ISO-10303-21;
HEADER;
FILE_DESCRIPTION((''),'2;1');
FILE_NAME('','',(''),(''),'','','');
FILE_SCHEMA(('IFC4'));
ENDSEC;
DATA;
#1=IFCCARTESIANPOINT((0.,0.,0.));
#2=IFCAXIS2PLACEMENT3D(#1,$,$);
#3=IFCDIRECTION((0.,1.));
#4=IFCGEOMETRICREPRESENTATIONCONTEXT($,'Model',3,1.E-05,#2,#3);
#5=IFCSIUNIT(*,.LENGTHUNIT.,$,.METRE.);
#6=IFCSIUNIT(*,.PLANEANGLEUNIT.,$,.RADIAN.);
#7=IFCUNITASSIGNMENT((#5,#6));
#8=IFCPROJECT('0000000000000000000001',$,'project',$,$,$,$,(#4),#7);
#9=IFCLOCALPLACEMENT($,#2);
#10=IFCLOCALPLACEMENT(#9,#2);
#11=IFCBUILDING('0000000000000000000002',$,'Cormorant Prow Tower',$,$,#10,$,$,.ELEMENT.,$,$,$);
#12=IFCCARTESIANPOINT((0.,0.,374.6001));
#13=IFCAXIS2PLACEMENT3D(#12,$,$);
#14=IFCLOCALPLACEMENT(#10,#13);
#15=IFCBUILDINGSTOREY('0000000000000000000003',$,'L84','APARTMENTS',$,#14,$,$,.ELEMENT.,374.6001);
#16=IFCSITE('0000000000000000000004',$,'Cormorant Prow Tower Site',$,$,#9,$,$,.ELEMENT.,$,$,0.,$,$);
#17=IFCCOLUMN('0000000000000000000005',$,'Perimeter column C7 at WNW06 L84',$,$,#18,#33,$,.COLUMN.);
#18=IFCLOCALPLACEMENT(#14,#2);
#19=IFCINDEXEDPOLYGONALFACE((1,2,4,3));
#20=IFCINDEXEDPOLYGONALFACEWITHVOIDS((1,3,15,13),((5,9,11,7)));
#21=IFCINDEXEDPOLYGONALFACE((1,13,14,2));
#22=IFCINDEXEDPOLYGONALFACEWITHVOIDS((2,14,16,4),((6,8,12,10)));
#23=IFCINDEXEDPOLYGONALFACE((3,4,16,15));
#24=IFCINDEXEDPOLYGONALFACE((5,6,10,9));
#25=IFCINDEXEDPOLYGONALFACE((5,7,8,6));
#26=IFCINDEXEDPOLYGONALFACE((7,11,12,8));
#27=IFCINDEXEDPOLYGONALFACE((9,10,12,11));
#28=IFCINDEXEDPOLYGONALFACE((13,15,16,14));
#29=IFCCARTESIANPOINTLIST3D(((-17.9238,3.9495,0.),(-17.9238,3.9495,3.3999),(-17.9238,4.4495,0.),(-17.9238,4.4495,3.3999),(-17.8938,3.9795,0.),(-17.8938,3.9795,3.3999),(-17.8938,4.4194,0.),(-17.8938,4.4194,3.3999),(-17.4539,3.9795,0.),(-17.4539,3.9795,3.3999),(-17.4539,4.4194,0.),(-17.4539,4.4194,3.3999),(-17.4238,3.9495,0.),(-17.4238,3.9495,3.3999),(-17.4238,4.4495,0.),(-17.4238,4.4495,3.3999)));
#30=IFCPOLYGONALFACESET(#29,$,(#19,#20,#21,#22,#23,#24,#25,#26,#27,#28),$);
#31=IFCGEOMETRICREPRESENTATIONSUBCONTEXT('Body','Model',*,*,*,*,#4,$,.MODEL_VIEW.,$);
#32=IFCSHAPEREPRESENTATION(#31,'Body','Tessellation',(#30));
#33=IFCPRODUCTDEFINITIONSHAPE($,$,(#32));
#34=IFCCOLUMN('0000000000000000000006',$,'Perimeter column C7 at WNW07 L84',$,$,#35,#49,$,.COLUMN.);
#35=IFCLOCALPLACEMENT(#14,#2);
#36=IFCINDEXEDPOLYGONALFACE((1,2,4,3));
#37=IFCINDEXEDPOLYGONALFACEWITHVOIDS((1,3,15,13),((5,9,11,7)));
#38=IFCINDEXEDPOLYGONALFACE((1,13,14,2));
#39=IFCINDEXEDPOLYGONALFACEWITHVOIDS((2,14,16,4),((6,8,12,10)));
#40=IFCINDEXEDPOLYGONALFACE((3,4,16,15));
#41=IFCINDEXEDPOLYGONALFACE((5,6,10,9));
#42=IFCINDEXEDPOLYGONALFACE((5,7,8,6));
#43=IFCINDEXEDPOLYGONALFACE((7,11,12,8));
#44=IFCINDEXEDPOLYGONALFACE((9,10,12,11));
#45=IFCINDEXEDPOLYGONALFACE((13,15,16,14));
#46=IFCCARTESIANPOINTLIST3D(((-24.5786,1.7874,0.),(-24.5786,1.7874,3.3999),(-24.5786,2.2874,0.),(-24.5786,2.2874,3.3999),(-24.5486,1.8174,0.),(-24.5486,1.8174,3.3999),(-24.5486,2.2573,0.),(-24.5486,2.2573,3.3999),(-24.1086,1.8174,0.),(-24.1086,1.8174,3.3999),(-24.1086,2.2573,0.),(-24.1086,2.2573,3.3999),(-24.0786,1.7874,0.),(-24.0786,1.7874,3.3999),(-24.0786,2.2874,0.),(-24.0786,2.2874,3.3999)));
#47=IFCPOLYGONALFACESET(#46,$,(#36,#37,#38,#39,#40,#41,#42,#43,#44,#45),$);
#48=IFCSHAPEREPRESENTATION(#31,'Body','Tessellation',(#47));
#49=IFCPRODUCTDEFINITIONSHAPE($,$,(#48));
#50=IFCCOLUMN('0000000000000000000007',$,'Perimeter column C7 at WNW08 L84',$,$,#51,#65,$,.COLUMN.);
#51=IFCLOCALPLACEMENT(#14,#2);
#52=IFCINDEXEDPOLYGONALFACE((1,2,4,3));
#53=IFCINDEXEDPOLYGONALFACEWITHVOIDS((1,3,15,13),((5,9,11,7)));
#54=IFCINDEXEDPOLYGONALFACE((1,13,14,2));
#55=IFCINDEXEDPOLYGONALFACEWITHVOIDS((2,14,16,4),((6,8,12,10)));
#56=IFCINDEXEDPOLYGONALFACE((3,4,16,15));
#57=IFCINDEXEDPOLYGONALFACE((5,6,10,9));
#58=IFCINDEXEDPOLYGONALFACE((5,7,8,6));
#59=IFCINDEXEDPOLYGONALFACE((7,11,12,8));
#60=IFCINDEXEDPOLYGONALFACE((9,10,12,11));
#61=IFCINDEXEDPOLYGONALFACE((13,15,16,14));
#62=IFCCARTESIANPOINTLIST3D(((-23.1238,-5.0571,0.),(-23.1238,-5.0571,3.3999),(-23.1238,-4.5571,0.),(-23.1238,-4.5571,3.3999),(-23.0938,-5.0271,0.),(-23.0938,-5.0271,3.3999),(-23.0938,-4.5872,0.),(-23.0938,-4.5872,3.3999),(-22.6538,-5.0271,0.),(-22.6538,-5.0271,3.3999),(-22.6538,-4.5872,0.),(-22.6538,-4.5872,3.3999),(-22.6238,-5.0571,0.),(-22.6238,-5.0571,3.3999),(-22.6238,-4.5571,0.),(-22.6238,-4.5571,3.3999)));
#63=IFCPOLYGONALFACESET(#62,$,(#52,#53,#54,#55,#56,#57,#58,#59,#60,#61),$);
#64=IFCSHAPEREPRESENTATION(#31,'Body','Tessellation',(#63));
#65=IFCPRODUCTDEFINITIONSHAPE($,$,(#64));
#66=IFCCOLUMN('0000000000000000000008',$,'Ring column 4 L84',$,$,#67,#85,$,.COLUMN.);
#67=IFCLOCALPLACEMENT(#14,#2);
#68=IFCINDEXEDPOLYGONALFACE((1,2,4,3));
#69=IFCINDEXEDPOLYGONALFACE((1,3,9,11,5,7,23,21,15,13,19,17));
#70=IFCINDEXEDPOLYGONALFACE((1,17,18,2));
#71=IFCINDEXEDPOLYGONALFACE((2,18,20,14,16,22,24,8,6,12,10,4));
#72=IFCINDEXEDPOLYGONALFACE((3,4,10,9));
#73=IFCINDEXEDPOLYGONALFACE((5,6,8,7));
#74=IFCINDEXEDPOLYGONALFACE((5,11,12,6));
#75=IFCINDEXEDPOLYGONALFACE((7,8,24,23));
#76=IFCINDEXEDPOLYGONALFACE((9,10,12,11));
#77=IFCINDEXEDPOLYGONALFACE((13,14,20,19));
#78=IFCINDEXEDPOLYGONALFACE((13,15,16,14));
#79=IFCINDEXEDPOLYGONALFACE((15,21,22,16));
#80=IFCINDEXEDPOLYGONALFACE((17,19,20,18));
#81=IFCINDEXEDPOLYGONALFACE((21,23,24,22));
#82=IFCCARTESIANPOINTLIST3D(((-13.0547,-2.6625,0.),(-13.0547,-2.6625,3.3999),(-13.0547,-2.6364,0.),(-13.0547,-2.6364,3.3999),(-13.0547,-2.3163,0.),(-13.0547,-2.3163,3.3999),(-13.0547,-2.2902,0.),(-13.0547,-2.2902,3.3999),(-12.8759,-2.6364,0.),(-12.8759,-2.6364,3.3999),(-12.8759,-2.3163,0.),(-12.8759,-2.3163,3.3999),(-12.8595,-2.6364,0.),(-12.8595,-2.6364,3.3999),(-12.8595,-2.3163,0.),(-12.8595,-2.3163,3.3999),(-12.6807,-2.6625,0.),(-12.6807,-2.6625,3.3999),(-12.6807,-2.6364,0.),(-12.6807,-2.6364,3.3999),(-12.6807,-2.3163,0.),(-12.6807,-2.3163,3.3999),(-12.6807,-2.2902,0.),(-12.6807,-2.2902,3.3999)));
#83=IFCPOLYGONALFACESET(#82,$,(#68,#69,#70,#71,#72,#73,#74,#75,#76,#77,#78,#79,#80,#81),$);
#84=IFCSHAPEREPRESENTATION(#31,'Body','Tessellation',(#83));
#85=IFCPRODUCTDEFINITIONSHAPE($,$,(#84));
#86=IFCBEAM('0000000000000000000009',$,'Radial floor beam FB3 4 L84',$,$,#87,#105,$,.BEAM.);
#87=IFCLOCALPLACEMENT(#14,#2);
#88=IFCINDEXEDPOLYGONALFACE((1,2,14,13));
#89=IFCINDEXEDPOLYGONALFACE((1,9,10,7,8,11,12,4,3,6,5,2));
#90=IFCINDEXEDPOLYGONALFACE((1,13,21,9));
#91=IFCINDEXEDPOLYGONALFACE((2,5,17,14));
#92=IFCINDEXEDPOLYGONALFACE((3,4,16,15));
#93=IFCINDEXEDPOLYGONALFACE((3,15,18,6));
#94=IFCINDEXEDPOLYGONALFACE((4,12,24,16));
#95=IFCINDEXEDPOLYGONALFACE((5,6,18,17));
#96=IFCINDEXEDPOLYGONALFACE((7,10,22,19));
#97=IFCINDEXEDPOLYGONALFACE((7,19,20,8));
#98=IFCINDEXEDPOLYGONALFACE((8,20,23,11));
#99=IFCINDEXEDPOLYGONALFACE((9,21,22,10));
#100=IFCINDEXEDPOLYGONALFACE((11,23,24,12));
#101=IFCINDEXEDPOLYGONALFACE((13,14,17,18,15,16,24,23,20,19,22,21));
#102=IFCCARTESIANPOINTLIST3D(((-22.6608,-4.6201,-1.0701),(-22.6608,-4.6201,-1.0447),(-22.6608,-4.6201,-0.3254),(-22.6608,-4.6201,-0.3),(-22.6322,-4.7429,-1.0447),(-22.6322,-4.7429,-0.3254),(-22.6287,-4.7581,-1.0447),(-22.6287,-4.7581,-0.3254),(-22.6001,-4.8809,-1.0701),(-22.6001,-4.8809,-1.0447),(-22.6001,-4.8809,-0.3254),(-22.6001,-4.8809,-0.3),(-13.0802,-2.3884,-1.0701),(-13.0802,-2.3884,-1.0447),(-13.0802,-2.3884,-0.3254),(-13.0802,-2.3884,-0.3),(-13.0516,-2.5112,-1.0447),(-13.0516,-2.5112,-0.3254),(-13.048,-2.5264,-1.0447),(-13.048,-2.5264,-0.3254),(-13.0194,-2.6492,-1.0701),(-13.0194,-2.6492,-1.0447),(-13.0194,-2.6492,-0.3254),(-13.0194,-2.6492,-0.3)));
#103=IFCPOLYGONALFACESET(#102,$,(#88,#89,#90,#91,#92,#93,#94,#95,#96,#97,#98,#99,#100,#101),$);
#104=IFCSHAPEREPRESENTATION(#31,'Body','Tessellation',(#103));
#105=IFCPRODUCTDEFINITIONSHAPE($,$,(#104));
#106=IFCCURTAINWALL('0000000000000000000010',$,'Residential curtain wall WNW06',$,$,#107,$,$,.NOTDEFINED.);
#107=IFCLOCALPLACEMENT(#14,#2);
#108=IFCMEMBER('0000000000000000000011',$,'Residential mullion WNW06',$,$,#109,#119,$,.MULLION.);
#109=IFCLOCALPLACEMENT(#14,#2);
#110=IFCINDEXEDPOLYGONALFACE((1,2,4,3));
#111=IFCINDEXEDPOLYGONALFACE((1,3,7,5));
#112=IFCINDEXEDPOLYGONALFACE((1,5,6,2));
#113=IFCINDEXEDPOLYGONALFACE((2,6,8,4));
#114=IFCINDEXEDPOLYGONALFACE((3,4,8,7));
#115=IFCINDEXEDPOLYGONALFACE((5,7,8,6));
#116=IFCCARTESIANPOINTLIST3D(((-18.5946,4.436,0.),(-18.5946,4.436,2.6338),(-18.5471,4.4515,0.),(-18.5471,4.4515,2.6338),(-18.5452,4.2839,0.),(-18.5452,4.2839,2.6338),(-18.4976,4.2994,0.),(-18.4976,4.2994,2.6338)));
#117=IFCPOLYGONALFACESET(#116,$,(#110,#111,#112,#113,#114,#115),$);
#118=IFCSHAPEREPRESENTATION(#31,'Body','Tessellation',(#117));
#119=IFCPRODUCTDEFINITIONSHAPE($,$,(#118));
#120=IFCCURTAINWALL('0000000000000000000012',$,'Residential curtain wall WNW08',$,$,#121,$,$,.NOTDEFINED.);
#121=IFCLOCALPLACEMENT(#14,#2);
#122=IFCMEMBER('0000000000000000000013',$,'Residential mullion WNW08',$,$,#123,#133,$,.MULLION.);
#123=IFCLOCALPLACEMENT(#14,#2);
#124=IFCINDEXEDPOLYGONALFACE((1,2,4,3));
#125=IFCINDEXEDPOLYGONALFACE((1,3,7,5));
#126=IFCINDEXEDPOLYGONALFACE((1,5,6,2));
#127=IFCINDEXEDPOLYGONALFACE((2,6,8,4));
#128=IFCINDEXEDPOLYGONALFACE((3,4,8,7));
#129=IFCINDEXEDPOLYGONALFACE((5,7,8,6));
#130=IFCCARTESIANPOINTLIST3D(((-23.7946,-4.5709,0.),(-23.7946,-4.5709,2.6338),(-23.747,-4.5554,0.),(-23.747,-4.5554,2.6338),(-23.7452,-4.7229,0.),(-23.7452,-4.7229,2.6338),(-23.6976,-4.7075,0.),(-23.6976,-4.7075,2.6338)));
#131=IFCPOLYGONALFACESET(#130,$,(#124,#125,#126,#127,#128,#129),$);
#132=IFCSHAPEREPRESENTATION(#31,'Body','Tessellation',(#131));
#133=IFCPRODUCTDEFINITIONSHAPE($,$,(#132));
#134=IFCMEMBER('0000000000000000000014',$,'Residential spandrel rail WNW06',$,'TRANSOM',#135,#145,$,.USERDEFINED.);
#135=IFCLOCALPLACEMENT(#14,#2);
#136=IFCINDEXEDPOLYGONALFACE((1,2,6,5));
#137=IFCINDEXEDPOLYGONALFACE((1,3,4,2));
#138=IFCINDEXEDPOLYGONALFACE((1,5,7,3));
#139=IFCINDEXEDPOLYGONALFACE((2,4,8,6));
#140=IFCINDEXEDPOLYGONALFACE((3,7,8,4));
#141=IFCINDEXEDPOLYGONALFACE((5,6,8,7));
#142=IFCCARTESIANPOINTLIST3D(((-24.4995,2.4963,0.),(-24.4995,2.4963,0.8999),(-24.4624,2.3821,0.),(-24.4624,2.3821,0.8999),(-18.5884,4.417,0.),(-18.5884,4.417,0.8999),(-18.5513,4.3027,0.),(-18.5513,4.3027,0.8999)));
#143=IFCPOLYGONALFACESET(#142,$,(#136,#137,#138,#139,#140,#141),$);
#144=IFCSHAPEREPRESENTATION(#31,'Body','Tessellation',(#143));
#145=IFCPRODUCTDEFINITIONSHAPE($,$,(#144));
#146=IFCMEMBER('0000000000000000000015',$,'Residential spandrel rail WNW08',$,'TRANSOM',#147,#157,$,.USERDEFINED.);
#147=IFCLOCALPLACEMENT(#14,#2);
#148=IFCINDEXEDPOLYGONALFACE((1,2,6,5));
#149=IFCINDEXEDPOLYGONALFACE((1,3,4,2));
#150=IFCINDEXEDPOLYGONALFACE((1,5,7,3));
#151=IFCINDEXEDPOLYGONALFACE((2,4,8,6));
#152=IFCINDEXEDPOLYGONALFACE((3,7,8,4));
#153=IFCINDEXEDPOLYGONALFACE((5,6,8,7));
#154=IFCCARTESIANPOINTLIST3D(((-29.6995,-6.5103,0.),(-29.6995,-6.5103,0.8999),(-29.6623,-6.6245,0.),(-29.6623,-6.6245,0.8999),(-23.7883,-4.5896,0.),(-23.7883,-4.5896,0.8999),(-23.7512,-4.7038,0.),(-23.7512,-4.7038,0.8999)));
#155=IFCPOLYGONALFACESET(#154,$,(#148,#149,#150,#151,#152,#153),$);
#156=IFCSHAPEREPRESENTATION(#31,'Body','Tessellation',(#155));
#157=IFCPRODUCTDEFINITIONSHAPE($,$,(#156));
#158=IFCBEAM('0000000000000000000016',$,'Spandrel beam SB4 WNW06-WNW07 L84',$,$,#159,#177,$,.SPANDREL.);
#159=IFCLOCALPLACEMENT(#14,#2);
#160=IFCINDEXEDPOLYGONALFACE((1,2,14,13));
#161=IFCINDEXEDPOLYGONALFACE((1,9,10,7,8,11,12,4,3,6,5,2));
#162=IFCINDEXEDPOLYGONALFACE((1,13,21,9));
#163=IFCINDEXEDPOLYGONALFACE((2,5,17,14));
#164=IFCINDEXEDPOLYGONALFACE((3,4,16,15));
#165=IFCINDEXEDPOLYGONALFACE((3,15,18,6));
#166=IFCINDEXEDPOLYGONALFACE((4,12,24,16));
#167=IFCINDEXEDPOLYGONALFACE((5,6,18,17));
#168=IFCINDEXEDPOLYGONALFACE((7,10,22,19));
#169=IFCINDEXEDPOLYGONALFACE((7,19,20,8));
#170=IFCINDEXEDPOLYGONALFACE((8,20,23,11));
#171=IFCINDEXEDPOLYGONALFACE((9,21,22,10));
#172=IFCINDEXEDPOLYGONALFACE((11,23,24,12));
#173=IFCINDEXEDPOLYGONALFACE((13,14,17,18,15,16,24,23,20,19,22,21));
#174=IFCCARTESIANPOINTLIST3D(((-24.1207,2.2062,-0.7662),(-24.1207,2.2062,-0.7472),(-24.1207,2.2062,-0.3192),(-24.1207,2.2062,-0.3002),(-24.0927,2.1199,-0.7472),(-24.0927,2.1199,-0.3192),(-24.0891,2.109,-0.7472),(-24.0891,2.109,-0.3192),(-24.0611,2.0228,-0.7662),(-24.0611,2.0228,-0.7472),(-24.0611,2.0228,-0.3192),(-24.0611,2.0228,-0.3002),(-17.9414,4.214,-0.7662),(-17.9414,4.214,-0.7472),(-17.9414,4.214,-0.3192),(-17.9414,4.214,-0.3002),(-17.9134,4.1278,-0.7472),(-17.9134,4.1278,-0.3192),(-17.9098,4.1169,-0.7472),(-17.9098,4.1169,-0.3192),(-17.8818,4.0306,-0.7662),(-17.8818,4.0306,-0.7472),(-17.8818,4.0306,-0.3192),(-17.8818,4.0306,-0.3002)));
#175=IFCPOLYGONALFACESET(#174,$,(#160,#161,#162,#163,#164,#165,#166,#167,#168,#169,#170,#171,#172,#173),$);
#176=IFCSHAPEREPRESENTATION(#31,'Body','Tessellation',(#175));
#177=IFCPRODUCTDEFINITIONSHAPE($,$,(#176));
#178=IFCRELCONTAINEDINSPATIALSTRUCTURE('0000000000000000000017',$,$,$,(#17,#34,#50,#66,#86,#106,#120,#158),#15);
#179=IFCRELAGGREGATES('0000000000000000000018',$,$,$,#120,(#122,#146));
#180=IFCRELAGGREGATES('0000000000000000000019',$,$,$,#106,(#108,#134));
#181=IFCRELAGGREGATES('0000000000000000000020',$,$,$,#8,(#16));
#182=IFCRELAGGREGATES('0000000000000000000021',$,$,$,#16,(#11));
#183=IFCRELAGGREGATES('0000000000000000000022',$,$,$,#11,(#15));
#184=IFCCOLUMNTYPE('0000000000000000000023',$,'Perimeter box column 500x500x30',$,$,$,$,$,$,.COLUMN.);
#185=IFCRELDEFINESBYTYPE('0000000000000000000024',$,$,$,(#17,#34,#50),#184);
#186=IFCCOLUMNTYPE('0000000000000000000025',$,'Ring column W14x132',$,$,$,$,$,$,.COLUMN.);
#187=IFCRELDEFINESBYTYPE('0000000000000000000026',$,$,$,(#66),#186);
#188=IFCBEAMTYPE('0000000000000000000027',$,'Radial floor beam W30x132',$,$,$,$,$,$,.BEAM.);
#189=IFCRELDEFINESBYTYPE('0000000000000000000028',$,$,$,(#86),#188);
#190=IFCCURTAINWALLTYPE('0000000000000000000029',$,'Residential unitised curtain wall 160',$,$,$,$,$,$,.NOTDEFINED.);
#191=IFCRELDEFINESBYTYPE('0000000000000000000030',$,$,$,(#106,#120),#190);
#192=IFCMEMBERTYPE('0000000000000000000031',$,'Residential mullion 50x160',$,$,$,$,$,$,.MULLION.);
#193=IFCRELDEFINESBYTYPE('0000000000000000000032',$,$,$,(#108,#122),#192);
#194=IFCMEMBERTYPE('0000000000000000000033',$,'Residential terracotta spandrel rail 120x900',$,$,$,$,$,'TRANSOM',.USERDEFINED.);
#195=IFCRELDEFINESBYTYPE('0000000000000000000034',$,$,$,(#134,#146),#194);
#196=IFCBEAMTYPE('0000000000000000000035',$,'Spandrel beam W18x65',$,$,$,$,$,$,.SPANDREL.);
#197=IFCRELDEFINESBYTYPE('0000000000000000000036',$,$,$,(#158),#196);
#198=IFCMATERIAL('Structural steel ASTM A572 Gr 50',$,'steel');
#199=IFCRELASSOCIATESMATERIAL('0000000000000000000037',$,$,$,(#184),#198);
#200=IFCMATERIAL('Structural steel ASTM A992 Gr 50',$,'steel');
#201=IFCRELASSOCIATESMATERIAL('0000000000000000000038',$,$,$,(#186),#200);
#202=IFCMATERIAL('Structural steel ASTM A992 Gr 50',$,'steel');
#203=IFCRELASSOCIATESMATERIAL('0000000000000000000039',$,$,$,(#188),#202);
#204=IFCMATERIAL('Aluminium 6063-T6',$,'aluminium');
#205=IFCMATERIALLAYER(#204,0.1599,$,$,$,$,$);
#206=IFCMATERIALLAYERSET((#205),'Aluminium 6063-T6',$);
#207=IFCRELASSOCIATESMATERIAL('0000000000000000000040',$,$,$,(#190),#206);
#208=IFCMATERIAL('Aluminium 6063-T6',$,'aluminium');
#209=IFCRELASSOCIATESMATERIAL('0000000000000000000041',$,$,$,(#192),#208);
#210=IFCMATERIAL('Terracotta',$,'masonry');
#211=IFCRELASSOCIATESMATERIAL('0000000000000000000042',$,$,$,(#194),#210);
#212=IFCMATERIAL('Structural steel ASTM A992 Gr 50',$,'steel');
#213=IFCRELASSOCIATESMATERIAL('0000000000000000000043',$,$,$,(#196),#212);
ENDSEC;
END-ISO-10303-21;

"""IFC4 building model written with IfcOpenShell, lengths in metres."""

from ifc_helpers import new_model, si_unit, direction, frame, origin, origin_2d, place, context, subcontext, project, spatial, rectangle, hollow_rectangle, i_section, extrude, material, layer, layer_set, material_profile, profile_set, type_object, element, aggregate, save


model = new_model("IFC4")

# Units and contexts
model_context = context("Model", 3, precision=1e-05, world=origin(), true_north=direction((0.0, 1.0)))
body_context = subcontext(model_context, "Body", "Model", "MODEL_VIEW")
ifc_project = project(units=[si_unit("LENGTHUNIT", "METRE"), si_unit("PLANEANGLEUNIT", "RADIAN")], contexts=[model_context])

# Site, building, storey
site_placement = place(None, origin())
site = spatial("IfcSite", under=ifc_project, at=site_placement, Name="Cormorant Prow Tower Site", CompositionType="ELEMENT", RefElevation=0.0)
building_placement = place(site_placement, origin())
building = spatial("IfcBuilding", under=site, at=building_placement, Name="Cormorant Prow Tower", CompositionType="ELEMENT")
storey_placement = place(building_placement, frame((0.0, 0.0, 374.6001)))
storey = spatial("IfcBuildingStorey", under=building, at=storey_placement, Name="L84", Description="APARTMENTS", CompositionType="ELEMENT", Elevation=374.6001)

# Columns
ifc_material_1 = material(Name="Structural steel ASTM A572 Gr 50", Category="steel")
ifc_material_profile_1 = material_profile(ifc_material_1, hollow_rectangle(XDim=0.5, YDim=0.5, WallThickness=0.03, at=origin_2d()), Name="Box 500x500x30")
ifc_profile_set_1 = profile_set([ifc_material_profile_1], Name="Structural steel ASTM A572 Gr 50")
column_type_1 = type_object("IfcColumnType", Name="Perimeter box column 500x500x30", PredefinedType="COLUMN", material=ifc_profile_set_1)
for number, where, z_axis, x_axis, name in (
    (1, (-17.6738, 4.1995, 0.0), (0.0, 0.0, 1.0), (1.0, 0.0, 0.0), "Perimeter column C7 at WNW06 L84"),
    (2, (-24.3286, 2.0374, 0.0), (0.0, 0.0, 1.0), (1.0, 0.0, 0.0), "Perimeter column C7 at WNW07 L84"),
    (3, (-22.8738, -4.8071, 0.0), (0.0, 0.0, 1.0), (1.0, 0.0, 0.0), "Perimeter column C7 at WNW08 L84"),
):
    element("IfcColumn", number, at=place(storey_placement, frame(where, z_axis=z_axis, x_axis=x_axis)), inside=storey, type_object=column_type_1, Name=name, PredefinedType="COLUMN", context=body_context, shape_type="SweptSolid", body=[
        extrude(hollow_rectangle(XDim=0.5, YDim=0.5, WallThickness=0.03, at=origin_2d()), origin(), (0.0, 0.0, 1.0), 3.3999),
    ])
ifc_material_2 = material(Name="Structural steel ASTM A992 Gr 50", Category="steel")
ifc_material_profile_2 = material_profile(ifc_material_2, i_section(OverallWidth=0.374, OverallDepth=0.3723, WebThickness=0.0164, FlangeThickness=0.0261, at=origin_2d()), Name="W14x132")
ifc_profile_set_2 = profile_set([ifc_material_profile_2], Name="Structural steel ASTM A992 Gr 50")
column_type_2 = type_object("IfcColumnType", Name="Ring column W14x132", PredefinedType="COLUMN", material=ifc_profile_set_2)
column_placement = place(storey_placement, frame((-12.8677, -2.4763, 0.0), z_axis=(0.0, 0.0, 1.0), x_axis=(1.0, 0.0, 0.0)))
element("IfcColumn", 4, at=column_placement, inside=storey, type_object=column_type_2, Name="Ring column 4 L84", PredefinedType="COLUMN", context=body_context, shape_type="SweptSolid", body=[
    extrude(i_section(OverallWidth=0.374, OverallDepth=0.3723, WebThickness=0.0164, FlangeThickness=0.0261, at=origin_2d()), origin(), (0.0, 0.0, 1.0), 3.3999),
])

# Beam
ifc_material_3 = material(Name="Structural steel ASTM A992 Gr 50", Category="steel")
ifc_material_profile_3 = material_profile(ifc_material_3, i_section(OverallWidth=0.2678, OverallDepth=0.77, WebThickness=0.0156, FlangeThickness=0.0254, at=origin_2d()), Name="W30x132")
ifc_profile_set_3 = profile_set([ifc_material_profile_3], Name="Structural steel ASTM A992 Gr 50")
beam_type_1 = type_object("IfcBeamType", Name="Radial floor beam W30x132", PredefinedType="BEAM", material=ifc_profile_set_3)
beam_placement = place(storey_placement, frame((-13.0498, -2.5188, -0.6851), z_axis=(-0.973926, -0.226866, 0.0), x_axis=(0.226866, -0.973926, 0.0)))
element("IfcBeam", 5, at=beam_placement, inside=storey, type_object=beam_type_1, Name="Radial floor beam FB3 4 L84", PredefinedType="BEAM", context=body_context, shape_type="SweptSolid", body=[
    extrude(i_section(OverallWidth=0.2678, OverallDepth=0.77, WebThickness=0.0156, FlangeThickness=0.0254, at=origin_2d()), origin(), (0.0, 0.0, 1.0), 9.8372),
])

# Curtain walls, members
ifc_material_4 = material(Name="Aluminium 6063-T6", Category="aluminium")
ifc_layer_1 = layer(ifc_material_4, 0.1599)
ifc_layer_set_1 = layer_set([ifc_layer_1], Name="Aluminium 6063-T6")
curtain_wall_type = type_object("IfcCurtainWallType", Name="Residential unitised curtain wall 160", PredefinedType="NOTDEFINED", material=ifc_layer_set_1)
curtain_wall_1_placement = place(storey_placement, origin())
curtain_wall_1 = element("IfcCurtainWall", 6, at=curtain_wall_1_placement, inside=storey, type_object=curtain_wall_type, Name="Residential curtain wall WNW06", PredefinedType="NOTDEFINED")
ifc_material_5 = material(Name="Aluminium 6063-T6", Category="aluminium")
ifc_material_profile_4 = material_profile(ifc_material_5, rectangle(XDim=0.1599, YDim=0.05, at=origin_2d()), Name="Residential mullion 50x160")
ifc_profile_set_4 = profile_set([ifc_material_profile_4], Name="Aluminium 6063-T6")
member_type_1 = type_object("IfcMemberType", Name="Residential mullion 50x160", PredefinedType="MULLION", material=ifc_profile_set_4)
member_1_placement = place(storey_placement, frame((-18.5461, 4.3677, 0.0), z_axis=(0.0, 0.0, 1.0), x_axis=(0.309017, -0.951056, 0.0)))
member_1 = element("IfcMember", 7, at=member_1_placement, type_object=member_type_1, Name="Residential mullion WNW06", PredefinedType="MULLION", context=body_context, shape_type="SweptSolid", body=[
    extrude(rectangle(XDim=0.1599, YDim=0.05, at=origin_2d()), origin(), (0.0, 0.0, 1.0), 2.6338),
])
curtain_wall_2_placement = place(storey_placement, origin())
curtain_wall_2 = element("IfcCurtainWall", 8, at=curtain_wall_2_placement, inside=storey, type_object=curtain_wall_type, Name="Residential curtain wall WNW08", PredefinedType="NOTDEFINED")
member_2_placement = place(storey_placement, frame((-23.7461, -4.6392, 0.0), z_axis=(0.0, 0.0, 1.0), x_axis=(0.309017, -0.951056, 0.0)))
member_2 = element("IfcMember", 9, at=member_2_placement, type_object=member_type_1, Name="Residential mullion WNW08", PredefinedType="MULLION", context=body_context, shape_type="SweptSolid", body=[
    extrude(rectangle(XDim=0.1599, YDim=0.05, at=origin_2d()), origin(), (0.0, 0.0, 1.0), 2.6338),
])

# Members
ifc_material_6 = material(Name="Terracotta", Category="masonry")
ifc_material_profile_5 = material_profile(ifc_material_6, rectangle(XDim=0.1201, YDim=0.8999, at=origin_2d()), Name="Residential terracotta spandrel rail 120x900")
ifc_profile_set_5 = profile_set([ifc_material_profile_5], Name="Terracotta")
member_type_2 = type_object("IfcMemberType", Name="Residential terracotta spandrel rail 120x900", ElementType="TRANSOM", PredefinedType="USERDEFINED", material=ifc_profile_set_5)
member_3_placement = place(storey_placement, frame((-18.5698, 4.3599, 0.45), z_axis=(-0.951056, -0.309019, 0.0), x_axis=(0.309019, -0.951056, 0.0)))
member_3 = element("IfcMember", 10, at=member_3_placement, type_object=member_type_2, Name="Residential spandrel rail WNW06", ObjectType="TRANSOM", PredefinedType="USERDEFINED", context=body_context, shape_type="SweptSolid", body=[
    extrude(rectangle(XDim=0.1201, YDim=0.8999, at=origin_2d()), origin(), (0.0, 0.0, 1.0), 6.2153),
])
member_4_placement = place(storey_placement, frame((-23.7698, -4.6467, 0.45), z_axis=(-0.951056, -0.309019, 0.0), x_axis=(0.309019, -0.951056, 0.0)))
member_4 = element("IfcMember", 11, at=member_4_placement, type_object=member_type_2, Name="Residential spandrel rail WNW08", ObjectType="TRANSOM", PredefinedType="USERDEFINED", context=body_context, shape_type="SweptSolid", body=[
    extrude(rectangle(XDim=0.1201, YDim=0.8999, at=origin_2d()), origin(), (0.0, 0.0, 1.0), 6.2153),
])
aggregate(curtain_wall_2, [member_2, member_4])

# Beam
ifc_material_7 = material(Name="Structural steel ASTM A992 Gr 50", Category="steel")
ifc_material_profile_6 = material_profile(ifc_material_7, i_section(OverallWidth=0.1929, OverallDepth=0.4661, WebThickness=0.0115, FlangeThickness=0.019, at=origin_2d()), Name="W18x65")
ifc_profile_set_6 = profile_set([ifc_material_profile_6], Name="Structural steel ASTM A992 Gr 50")
beam_type_2 = type_object("IfcBeamType", Name="Spandrel beam W18x65", PredefinedType="SPANDREL", material=ifc_profile_set_6)
for number, where, z_axis, x_axis, name in (
    (12, (-17.9116, 4.1223, -0.5332), (-0.951053, -0.309027, 0.0), (0.309027, -0.951053, 0.0), "Spandrel beam SB4 WNW06-WNW07 L84"),
):
    element("IfcBeam", number, at=place(storey_placement, frame(where, z_axis=z_axis, x_axis=x_axis)), inside=storey, type_object=beam_type_2, Name=name, PredefinedType="SPANDREL", context=body_context, shape_type="SweptSolid", body=[
        extrude(i_section(OverallWidth=0.1929, OverallDepth=0.4661, WebThickness=0.0115, FlangeThickness=0.019, at=origin_2d()), origin(), (0.0, 0.0, 1.0), 6.4973),
    ])

aggregate(curtain_wall_1, [member_1, member_3])

save(model, "model.ifc")
